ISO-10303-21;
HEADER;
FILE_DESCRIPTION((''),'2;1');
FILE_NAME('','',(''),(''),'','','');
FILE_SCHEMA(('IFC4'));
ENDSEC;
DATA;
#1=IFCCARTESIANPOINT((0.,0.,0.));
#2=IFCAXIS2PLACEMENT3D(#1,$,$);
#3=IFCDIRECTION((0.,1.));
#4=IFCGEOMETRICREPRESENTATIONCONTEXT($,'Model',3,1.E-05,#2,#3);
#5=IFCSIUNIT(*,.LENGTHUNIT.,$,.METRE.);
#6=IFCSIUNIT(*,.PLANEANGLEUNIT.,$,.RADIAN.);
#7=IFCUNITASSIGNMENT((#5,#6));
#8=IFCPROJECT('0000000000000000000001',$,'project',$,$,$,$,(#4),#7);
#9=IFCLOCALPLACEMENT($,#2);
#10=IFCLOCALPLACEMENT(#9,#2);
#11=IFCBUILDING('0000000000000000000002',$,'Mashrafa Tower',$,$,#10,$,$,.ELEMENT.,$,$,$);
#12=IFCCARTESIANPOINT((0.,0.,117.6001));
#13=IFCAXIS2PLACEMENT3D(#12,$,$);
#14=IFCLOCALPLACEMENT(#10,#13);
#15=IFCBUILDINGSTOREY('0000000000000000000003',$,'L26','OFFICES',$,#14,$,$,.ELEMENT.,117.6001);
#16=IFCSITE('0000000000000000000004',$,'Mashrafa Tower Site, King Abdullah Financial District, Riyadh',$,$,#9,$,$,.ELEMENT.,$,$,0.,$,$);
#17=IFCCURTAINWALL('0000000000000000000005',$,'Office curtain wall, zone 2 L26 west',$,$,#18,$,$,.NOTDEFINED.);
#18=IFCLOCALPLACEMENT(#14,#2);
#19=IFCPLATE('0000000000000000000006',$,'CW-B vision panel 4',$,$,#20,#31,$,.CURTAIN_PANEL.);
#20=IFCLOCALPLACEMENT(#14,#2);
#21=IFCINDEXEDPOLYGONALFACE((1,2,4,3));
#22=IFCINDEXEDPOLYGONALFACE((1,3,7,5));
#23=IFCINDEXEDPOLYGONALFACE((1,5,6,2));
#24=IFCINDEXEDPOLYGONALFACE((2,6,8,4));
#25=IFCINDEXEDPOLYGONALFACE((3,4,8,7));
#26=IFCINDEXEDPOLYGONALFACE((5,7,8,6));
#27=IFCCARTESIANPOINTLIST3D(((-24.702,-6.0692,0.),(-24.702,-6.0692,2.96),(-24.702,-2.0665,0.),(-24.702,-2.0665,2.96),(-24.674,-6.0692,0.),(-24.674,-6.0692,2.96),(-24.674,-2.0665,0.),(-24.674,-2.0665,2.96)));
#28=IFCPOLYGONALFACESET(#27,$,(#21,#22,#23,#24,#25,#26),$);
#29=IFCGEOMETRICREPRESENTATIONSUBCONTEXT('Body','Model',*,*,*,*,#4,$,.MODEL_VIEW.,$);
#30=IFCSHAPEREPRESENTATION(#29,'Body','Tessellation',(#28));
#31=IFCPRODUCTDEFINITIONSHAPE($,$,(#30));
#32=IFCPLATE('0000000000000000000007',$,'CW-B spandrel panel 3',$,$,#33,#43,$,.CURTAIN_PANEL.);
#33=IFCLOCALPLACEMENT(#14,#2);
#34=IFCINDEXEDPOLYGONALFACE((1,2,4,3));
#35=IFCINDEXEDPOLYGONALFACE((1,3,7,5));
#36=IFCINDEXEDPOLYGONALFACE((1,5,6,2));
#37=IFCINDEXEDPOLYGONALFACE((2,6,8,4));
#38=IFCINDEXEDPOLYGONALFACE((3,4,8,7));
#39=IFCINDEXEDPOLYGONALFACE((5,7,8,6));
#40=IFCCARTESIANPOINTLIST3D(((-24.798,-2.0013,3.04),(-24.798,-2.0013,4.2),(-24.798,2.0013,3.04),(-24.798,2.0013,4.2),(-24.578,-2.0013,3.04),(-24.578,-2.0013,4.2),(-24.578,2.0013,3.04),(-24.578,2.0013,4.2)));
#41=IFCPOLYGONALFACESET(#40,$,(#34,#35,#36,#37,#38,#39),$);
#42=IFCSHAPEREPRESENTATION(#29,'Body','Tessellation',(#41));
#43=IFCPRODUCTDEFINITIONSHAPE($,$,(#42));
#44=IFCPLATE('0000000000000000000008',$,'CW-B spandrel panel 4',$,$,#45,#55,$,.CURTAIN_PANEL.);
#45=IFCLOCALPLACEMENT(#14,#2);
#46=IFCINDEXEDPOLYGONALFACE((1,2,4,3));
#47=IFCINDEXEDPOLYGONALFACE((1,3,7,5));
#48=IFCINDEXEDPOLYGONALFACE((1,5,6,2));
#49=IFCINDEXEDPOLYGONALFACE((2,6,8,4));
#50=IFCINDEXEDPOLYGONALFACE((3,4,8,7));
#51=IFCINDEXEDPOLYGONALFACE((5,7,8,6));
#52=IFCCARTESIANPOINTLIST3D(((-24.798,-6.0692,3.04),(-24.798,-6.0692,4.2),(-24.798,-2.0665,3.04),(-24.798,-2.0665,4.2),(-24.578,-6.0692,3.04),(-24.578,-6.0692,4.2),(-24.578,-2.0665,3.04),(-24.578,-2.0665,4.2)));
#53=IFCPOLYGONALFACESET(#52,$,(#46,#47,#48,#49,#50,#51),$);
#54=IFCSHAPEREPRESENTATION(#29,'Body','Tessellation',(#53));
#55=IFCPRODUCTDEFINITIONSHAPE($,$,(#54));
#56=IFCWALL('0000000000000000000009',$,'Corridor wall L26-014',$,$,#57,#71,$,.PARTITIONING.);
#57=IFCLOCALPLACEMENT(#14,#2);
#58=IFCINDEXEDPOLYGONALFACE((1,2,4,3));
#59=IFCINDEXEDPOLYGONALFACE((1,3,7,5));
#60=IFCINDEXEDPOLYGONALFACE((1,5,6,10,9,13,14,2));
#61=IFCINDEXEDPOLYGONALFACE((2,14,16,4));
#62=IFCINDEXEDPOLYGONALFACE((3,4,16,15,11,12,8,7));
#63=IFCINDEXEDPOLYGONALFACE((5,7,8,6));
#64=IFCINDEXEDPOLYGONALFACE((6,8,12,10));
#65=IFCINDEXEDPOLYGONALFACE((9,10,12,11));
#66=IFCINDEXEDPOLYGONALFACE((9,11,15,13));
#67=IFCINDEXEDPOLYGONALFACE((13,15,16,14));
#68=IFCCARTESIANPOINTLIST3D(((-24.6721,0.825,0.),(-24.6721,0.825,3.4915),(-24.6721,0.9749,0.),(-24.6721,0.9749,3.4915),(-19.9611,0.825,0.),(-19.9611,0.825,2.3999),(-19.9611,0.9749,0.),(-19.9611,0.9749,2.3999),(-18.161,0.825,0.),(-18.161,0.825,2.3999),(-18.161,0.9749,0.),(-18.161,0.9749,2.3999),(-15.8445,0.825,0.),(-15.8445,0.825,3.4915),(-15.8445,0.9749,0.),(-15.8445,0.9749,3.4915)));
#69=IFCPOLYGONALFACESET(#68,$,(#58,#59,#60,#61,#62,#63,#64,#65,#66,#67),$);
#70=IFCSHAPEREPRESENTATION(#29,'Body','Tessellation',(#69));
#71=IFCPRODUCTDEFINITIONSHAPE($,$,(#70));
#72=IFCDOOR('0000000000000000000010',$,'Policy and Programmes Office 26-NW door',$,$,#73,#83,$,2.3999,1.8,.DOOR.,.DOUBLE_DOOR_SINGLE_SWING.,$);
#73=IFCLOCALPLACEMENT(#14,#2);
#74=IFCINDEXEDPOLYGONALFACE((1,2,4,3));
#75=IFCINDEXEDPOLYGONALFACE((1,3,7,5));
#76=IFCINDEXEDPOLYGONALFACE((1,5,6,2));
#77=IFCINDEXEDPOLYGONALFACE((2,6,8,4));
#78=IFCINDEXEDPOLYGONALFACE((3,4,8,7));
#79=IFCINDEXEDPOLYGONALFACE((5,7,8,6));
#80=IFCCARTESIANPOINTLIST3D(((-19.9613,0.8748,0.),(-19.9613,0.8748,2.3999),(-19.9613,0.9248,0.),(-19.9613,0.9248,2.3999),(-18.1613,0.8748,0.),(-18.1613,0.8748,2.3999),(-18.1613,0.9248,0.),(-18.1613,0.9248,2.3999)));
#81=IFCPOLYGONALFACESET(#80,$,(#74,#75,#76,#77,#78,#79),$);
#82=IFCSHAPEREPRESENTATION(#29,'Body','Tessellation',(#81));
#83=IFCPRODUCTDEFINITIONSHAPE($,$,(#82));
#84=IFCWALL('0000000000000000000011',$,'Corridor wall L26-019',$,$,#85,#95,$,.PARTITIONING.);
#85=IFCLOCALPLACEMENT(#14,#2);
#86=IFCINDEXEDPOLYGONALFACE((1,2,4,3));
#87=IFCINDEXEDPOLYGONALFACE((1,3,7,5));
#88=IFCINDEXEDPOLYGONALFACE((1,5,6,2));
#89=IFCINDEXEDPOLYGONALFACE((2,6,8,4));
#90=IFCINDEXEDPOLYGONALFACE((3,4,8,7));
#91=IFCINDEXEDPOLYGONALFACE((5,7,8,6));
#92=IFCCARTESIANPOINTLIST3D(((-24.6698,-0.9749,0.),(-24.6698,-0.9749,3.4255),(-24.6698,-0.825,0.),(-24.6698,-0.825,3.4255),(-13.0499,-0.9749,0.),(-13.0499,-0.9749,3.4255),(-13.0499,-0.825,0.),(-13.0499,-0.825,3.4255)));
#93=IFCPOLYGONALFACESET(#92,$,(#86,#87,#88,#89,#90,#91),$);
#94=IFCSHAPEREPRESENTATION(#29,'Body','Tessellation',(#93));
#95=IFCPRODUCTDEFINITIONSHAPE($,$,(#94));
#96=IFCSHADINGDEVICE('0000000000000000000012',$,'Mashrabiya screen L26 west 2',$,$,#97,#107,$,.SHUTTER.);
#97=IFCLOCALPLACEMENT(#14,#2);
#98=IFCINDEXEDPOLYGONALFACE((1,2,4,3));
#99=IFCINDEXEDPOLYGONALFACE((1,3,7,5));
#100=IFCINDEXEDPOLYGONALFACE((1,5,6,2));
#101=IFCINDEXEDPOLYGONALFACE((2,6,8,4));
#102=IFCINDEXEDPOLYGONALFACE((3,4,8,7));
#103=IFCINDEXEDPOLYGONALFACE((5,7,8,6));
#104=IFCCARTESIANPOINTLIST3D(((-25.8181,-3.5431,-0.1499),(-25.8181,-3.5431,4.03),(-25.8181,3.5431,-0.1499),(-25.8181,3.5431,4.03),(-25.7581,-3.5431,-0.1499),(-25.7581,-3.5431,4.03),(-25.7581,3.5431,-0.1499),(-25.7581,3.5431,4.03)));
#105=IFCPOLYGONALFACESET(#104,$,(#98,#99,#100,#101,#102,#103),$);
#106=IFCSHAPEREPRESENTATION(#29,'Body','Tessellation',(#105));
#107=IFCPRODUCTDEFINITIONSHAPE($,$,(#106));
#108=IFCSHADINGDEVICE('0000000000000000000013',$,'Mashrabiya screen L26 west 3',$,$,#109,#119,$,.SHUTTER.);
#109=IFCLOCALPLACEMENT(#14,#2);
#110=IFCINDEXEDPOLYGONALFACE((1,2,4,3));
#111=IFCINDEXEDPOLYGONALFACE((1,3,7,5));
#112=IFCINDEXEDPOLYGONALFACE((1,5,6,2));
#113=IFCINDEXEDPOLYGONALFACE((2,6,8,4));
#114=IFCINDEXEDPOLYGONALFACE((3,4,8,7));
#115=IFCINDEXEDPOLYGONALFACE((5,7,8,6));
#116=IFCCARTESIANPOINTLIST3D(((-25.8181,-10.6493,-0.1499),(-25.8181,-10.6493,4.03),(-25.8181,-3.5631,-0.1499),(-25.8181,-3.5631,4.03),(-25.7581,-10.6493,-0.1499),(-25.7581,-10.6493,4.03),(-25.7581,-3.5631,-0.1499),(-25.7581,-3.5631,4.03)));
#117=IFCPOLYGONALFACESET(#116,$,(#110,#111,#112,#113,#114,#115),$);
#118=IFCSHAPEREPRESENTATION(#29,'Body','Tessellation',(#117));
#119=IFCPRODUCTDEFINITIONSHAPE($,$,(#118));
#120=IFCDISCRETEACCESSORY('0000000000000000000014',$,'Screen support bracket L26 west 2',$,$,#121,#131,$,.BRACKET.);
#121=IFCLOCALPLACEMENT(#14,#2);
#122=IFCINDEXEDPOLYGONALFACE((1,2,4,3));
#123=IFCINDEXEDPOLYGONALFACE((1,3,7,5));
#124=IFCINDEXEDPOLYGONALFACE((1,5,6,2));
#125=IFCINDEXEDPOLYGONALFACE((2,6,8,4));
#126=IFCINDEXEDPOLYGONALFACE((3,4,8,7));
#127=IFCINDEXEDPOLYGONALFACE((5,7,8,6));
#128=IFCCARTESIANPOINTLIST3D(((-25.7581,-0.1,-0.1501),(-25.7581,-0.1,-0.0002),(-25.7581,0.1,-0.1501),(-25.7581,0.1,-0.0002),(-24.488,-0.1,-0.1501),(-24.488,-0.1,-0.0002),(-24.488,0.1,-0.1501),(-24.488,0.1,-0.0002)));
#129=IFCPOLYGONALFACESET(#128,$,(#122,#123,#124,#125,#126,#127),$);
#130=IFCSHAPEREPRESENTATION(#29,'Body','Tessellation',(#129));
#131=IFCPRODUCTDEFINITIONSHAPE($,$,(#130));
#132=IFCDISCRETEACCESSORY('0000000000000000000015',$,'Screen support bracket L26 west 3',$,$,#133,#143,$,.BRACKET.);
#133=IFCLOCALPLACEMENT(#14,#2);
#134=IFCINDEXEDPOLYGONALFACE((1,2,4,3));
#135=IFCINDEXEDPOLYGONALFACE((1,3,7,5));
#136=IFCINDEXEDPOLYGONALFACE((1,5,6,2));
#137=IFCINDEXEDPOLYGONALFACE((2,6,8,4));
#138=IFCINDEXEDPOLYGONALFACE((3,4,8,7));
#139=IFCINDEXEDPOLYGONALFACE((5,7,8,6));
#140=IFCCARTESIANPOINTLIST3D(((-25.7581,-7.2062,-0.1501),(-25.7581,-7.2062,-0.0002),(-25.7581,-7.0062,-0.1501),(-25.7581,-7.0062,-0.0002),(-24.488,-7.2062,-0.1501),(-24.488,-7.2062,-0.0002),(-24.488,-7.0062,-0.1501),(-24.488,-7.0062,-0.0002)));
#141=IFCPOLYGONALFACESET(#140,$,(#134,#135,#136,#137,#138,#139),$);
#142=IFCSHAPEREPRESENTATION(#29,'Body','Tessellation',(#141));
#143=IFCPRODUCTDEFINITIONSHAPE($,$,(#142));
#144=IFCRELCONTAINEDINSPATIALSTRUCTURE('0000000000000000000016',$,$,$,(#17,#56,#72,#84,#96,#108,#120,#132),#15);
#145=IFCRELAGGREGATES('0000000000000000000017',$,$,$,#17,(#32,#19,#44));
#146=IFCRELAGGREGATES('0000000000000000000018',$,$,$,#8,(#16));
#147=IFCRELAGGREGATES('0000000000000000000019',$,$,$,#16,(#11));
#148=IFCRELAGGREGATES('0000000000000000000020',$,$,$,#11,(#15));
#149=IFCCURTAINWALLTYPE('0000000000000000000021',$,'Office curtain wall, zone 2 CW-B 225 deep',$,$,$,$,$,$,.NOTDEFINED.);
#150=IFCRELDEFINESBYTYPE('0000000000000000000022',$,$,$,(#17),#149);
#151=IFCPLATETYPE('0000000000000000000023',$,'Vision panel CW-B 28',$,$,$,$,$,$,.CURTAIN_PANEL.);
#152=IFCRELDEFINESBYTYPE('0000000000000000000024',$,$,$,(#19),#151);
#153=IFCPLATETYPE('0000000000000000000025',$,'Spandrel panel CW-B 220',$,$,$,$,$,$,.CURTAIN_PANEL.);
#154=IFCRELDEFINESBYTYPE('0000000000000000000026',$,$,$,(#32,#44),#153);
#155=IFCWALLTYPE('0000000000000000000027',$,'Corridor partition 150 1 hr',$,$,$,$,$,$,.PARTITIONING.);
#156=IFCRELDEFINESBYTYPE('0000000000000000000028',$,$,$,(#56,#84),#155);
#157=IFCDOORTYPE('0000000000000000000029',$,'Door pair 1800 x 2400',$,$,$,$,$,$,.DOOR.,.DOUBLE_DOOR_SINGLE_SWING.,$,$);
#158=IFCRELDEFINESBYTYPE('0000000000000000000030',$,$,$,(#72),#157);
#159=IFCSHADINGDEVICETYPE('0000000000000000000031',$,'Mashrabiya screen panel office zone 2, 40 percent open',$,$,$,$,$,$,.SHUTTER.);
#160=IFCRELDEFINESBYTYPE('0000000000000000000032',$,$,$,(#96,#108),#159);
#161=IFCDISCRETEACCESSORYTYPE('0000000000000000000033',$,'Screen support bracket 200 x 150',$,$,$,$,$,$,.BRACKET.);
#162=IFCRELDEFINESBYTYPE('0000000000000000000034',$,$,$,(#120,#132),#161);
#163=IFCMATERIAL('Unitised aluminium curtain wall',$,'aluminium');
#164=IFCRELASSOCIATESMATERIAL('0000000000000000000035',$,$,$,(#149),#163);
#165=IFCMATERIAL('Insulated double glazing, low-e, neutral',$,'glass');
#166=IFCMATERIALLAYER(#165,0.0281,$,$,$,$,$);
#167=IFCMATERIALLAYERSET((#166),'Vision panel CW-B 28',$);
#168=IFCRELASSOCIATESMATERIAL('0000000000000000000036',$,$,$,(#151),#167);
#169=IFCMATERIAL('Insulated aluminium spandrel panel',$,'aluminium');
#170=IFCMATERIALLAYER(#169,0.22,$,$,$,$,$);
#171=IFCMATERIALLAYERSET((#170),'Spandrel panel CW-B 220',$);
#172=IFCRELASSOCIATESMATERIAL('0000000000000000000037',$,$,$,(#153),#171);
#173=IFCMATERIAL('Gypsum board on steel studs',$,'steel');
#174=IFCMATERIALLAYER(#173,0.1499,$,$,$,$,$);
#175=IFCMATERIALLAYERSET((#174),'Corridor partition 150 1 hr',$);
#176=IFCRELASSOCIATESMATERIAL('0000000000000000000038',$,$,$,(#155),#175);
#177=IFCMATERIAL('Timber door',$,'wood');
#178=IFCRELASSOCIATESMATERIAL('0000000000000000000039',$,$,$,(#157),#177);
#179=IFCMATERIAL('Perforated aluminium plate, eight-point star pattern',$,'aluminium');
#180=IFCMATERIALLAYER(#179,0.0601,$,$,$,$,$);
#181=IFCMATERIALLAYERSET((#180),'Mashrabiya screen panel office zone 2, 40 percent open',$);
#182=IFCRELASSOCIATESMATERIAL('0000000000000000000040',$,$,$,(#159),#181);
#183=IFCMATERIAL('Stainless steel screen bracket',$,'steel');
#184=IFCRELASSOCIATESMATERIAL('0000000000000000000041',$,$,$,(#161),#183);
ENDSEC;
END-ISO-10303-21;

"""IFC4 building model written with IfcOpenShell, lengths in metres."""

from ifc_helpers import new_model, si_unit, direction, frame, frame_2d, origin, origin_2d, place, context, subcontext, project, spatial, rectangle, extrude, source, transform, mapped, material, layer, layer_set, type_object, type_shapes, element, fill, aggregate, save


model = new_model("IFC4")

# Units and contexts
model_context = context("Model", 3, precision=1e-05, world=origin(), true_north=direction((0.0, 1.0)))
body_context = subcontext(model_context, "Body", "Model", "MODEL_VIEW")
ifc_project = project(units=[si_unit("LENGTHUNIT", "METRE"), si_unit("PLANEANGLEUNIT", "RADIAN")], contexts=[model_context])

# Site, building, storey
site_placement = place(None, origin())
site = spatial("IfcSite", under=ifc_project, at=site_placement, Name="Mashrafa Tower Site, King Abdullah Financial District, Riyadh", CompositionType="ELEMENT", RefElevation=0.0)
building_placement = place(site_placement, origin())
building = spatial("IfcBuilding", under=site, at=building_placement, Name="Mashrafa Tower", CompositionType="ELEMENT")
storey_placement = place(building_placement, frame((0.0, 0.0, 117.6001)))
storey = spatial("IfcBuildingStorey", under=building, at=storey_placement, Name="L26", Description="OFFICES", CompositionType="ELEMENT", Elevation=117.6001)

# Curtain wall
ifc_material_1 = material(Name="Unitised aluminium curtain wall", Category="aluminium")
curtain_wall_type = type_object("IfcCurtainWallType", Name="Office curtain wall, zone 2 CW-B 225 deep", PredefinedType="NOTDEFINED", material=ifc_material_1)
curtain_wall_1_placement = place(storey_placement, origin())
curtain_wall_1 = element("IfcCurtainWall", 1, at=curtain_wall_1_placement, inside=storey, type_object=curtain_wall_type, Name="Office curtain wall, zone 2 L26 west", PredefinedType="NOTDEFINED")

# Plates
ifc_material_2 = material(Name="Insulated double glazing, low-e, neutral", Category="glass")
ifc_layer_1 = layer(ifc_material_2, 0.0281)
ifc_layer_set_1 = layer_set([ifc_layer_1], Name="Vision panel CW-B 28")
plate_type_1 = type_object("IfcPlateType", Name="Vision panel CW-B 28", PredefinedType="CURTAIN_PANEL", material=ifc_layer_set_1)
ifc_material_3 = material(Name="Insulated aluminium spandrel panel", Category="aluminium")
ifc_layer_2 = layer(ifc_material_3, 0.22)
ifc_layer_set_2 = layer_set([ifc_layer_2], Name="Spandrel panel CW-B 220")
plate_type_2 = type_object("IfcPlateType", Name="Spandrel panel CW-B 220", PredefinedType="CURTAIN_PANEL", material=ifc_layer_set_2)
shared_shape_1 = source(origin(), body_context, "Body", "SweptSolid", [
    extrude(rectangle(XDim=4.0027, YDim=0.0281, at=origin_2d()), origin(), (0.0, 0.0, 1.0), 2.96),
])
plate_1_placement = place(storey_placement, frame((-24.688, -4.0679, 0.0), z_axis=(0.0, 0.0, 1.0), x_axis=(0.0, -1.0, 0.0)))
plate_1 = element("IfcPlate", 2, at=plate_1_placement, type_object=plate_type_1, Name="CW-B vision panel 4", PredefinedType="CURTAIN_PANEL", context=body_context, shape_type="MappedRepresentation", body=[
    mapped(shared_shape_1, transform((0.0, 0.0, 0.0))),
])
shared_shape_2 = source(origin(), body_context, "Body", "SweptSolid", [
    extrude(rectangle(XDim=4.0027, YDim=0.22, at=origin_2d()), origin(), (0.0, 0.0, 1.0), 1.1599),
])
plate_2_placement = place(storey_placement, frame((-24.688, 0.0, 3.04), z_axis=(0.0, 0.0, 1.0), x_axis=(0.0, -1.0, 0.0)))
plate_2 = element("IfcPlate", 3, at=plate_2_placement, type_object=plate_type_2, Name="CW-B spandrel panel 3", PredefinedType="CURTAIN_PANEL", context=body_context, shape_type="MappedRepresentation", body=[
    mapped(shared_shape_2, transform((0.0, 0.0, 0.0))),
])
plate_3_placement = place(storey_placement, frame((-24.688, -4.0679, 3.04), z_axis=(0.0, 0.0, 1.0), x_axis=(0.0, -1.0, 0.0)))
plate_3 = element("IfcPlate", 4, at=plate_3_placement, type_object=plate_type_2, Name="CW-B spandrel panel 4", PredefinedType="CURTAIN_PANEL", context=body_context, shape_type="MappedRepresentation", body=[
    mapped(shared_shape_2, transform((0.0, 0.0, 0.0))),
])
aggregate(curtain_wall_1, [plate_2, plate_1, plate_3])

# Wall, opening, door
ifc_material_4 = material(Name="Gypsum board on steel studs", Category="steel")
ifc_layer_3 = layer(ifc_material_4, 0.1499)
ifc_layer_set_3 = layer_set([ifc_layer_3], Name="Corridor partition 150 1 hr")
wall_type = type_object("IfcWallType", Name="Corridor partition 150 1 hr", PredefinedType="PARTITIONING", material=ifc_layer_set_3)
wall_1_placement = place(storey_placement, frame((-15.8445, 0.8999, 0.0), z_axis=(0.0, 0.0, 1.0), x_axis=(-1.0, 0.0, 0.0)))
wall_1 = element("IfcWall", 5, at=wall_1_placement, inside=storey, type_object=wall_type, Name="Corridor wall L26-014", PredefinedType="PARTITIONING", context=body_context, shape_type="SweptSolid", body=[
    extrude(rectangle(XDim=8.8276, YDim=0.1499, at=frame_2d((4.4138, 0.0))), origin(), (0.0, 0.0, 1.0), 3.4915),
])
opening_placement = place(wall_1_placement, frame((2.3167, 0.0, 0.0)))
opening = element("IfcOpeningElement", 6, at=opening_placement, cuts=wall_1, PredefinedType="OPENING", context=body_context, shape_type="SweptSolid", body=[
    extrude(rectangle(XDim=1.8, YDim=2.3999, at=frame_2d((0.8999, 1.2))), frame((0.0, 0.085, 0.0), z_axis=(0.0, -1.0, 0.0), x_axis=(1.0, 0.0, 0.0)), (0.0, 0.0, 1.0), 0.1699),
])
ifc_material_5 = material(Name="Timber door", Category="wood")
door_type = type_object("IfcDoorType", Name="Door pair 1800 x 2400", OperationType="DOUBLE_DOOR_SINGLE_SWING", PredefinedType="DOOR", material=ifc_material_5)
door_placement = place(opening_placement, frame((1.8, 0.0, 0.0), z_axis=(0.0, 0.0, 1.0), x_axis=(-1.0, 0.0, 0.0)))
door = element("IfcDoor", 7, at=door_placement, inside=storey, type_object=door_type, Name="Policy and Programmes Office 26-NW door", OperationType="DOUBLE_DOOR_SINGLE_SWING", OverallHeight=2.3999, OverallWidth=1.8, PredefinedType="DOOR", context=body_context, shape_type="SweptSolid", body=[
    extrude(rectangle(XDim=1.8, YDim=2.3999, at=frame_2d((0.8999, 1.2))), frame((0.0, 0.0249, 0.0), z_axis=(0.0, -1.0, 0.0), x_axis=(1.0, 0.0, 0.0)), (0.0, 0.0, 1.0), 0.05),
])
fill(opening, door)

# Wall
wall_2_placement = place(storey_placement, frame((-24.6699, -0.8999, 0.0), z_axis=(0.0, 0.0, 1.0), x_axis=(1.0, 0.0, 0.0)))
element("IfcWall", 8, at=wall_2_placement, inside=storey, type_object=wall_type, Name="Corridor wall L26-019", PredefinedType="PARTITIONING", context=body_context, shape_type="SweptSolid", body=[
    extrude(rectangle(XDim=11.6199, YDim=0.1499, at=frame_2d((5.8101, 0.0))), origin(), (0.0, 0.0, 1.0), 3.4255),
])

# Shading devices
ifc_material_6 = material(Name="Perforated aluminium plate, eight-point star pattern", Category="aluminium")
ifc_layer_4 = layer(ifc_material_6, 0.0601)
ifc_layer_set_4 = layer_set([ifc_layer_4], Name="Mashrabiya screen panel office zone 2, 40 percent open")
shading_device_type = type_object("IfcShadingDeviceType", Name="Mashrabiya screen panel office zone 2, 40 percent open", PredefinedType="SHUTTER", material=ifc_layer_set_4)
shared_shape_3 = source(origin(), body_context, "Body", "SweptSolid", [
    extrude(rectangle(XDim=7.0862, YDim=0.0601, at=origin_2d()), origin(), (0.0, 0.0, 1.0), 4.1799),
])
type_shapes(shading_device_type, [shared_shape_3])
for number, where, z_axis, x_axis, name in (
    (9, (-25.7881, 0.0, -0.1499), (0.0, 0.0, 1.0), (0.0, -1.0, 0.0), "Mashrabiya screen L26 west 2"),
    (10, (-25.7881, -7.1062, -0.1499), (0.0, 0.0, 1.0), (0.0, -1.0, 0.0), "Mashrabiya screen L26 west 3"),
):
    element("IfcShadingDevice", number, at=place(storey_placement, frame(where, z_axis=z_axis, x_axis=x_axis)), inside=storey, type_object=shading_device_type, Name=name, PredefinedType="SHUTTER", context=body_context, shape_type="MappedRepresentation", body=[
        mapped(shared_shape_3, transform((0.0, 0.0, 0.0))),
    ])

# Discrete accessories
ifc_material_7 = material(Name="Stainless steel screen bracket", Category="steel")
discrete_accessory_type = type_object("IfcDiscreteAccessoryType", Name="Screen support bracket 200 x 150", PredefinedType="BRACKET", material=ifc_material_7)
shared_shape_4 = source(origin(), body_context, "Body", "SweptSolid", [
    extrude(rectangle(XDim=0.2, YDim=1.27, at=origin_2d()), origin(), (0.0, 0.0, 1.0), 0.1499),
])
type_shapes(discrete_accessory_type, [shared_shape_4])
for number, where, z_axis, x_axis, name in (
    (11, (-25.123, 0.0, -0.1501), (0.0, 0.0, 1.0), (0.0, -1.0, 0.0), "Screen support bracket L26 west 2"),
    (12, (-25.123, -7.1062, -0.1501), (0.0, 0.0, 1.0), (0.0, -1.0, 0.0), "Screen support bracket L26 west 3"),
):
    element("IfcDiscreteAccessory", number, at=place(storey_placement, frame(where, z_axis=z_axis, x_axis=x_axis)), inside=storey, type_object=discrete_accessory_type, Name=name, PredefinedType="BRACKET", context=body_context, shape_type="MappedRepresentation", body=[
        mapped(shared_shape_4, transform((0.0, 0.0, 0.0))),
    ])

save(model, "model.ifc")
